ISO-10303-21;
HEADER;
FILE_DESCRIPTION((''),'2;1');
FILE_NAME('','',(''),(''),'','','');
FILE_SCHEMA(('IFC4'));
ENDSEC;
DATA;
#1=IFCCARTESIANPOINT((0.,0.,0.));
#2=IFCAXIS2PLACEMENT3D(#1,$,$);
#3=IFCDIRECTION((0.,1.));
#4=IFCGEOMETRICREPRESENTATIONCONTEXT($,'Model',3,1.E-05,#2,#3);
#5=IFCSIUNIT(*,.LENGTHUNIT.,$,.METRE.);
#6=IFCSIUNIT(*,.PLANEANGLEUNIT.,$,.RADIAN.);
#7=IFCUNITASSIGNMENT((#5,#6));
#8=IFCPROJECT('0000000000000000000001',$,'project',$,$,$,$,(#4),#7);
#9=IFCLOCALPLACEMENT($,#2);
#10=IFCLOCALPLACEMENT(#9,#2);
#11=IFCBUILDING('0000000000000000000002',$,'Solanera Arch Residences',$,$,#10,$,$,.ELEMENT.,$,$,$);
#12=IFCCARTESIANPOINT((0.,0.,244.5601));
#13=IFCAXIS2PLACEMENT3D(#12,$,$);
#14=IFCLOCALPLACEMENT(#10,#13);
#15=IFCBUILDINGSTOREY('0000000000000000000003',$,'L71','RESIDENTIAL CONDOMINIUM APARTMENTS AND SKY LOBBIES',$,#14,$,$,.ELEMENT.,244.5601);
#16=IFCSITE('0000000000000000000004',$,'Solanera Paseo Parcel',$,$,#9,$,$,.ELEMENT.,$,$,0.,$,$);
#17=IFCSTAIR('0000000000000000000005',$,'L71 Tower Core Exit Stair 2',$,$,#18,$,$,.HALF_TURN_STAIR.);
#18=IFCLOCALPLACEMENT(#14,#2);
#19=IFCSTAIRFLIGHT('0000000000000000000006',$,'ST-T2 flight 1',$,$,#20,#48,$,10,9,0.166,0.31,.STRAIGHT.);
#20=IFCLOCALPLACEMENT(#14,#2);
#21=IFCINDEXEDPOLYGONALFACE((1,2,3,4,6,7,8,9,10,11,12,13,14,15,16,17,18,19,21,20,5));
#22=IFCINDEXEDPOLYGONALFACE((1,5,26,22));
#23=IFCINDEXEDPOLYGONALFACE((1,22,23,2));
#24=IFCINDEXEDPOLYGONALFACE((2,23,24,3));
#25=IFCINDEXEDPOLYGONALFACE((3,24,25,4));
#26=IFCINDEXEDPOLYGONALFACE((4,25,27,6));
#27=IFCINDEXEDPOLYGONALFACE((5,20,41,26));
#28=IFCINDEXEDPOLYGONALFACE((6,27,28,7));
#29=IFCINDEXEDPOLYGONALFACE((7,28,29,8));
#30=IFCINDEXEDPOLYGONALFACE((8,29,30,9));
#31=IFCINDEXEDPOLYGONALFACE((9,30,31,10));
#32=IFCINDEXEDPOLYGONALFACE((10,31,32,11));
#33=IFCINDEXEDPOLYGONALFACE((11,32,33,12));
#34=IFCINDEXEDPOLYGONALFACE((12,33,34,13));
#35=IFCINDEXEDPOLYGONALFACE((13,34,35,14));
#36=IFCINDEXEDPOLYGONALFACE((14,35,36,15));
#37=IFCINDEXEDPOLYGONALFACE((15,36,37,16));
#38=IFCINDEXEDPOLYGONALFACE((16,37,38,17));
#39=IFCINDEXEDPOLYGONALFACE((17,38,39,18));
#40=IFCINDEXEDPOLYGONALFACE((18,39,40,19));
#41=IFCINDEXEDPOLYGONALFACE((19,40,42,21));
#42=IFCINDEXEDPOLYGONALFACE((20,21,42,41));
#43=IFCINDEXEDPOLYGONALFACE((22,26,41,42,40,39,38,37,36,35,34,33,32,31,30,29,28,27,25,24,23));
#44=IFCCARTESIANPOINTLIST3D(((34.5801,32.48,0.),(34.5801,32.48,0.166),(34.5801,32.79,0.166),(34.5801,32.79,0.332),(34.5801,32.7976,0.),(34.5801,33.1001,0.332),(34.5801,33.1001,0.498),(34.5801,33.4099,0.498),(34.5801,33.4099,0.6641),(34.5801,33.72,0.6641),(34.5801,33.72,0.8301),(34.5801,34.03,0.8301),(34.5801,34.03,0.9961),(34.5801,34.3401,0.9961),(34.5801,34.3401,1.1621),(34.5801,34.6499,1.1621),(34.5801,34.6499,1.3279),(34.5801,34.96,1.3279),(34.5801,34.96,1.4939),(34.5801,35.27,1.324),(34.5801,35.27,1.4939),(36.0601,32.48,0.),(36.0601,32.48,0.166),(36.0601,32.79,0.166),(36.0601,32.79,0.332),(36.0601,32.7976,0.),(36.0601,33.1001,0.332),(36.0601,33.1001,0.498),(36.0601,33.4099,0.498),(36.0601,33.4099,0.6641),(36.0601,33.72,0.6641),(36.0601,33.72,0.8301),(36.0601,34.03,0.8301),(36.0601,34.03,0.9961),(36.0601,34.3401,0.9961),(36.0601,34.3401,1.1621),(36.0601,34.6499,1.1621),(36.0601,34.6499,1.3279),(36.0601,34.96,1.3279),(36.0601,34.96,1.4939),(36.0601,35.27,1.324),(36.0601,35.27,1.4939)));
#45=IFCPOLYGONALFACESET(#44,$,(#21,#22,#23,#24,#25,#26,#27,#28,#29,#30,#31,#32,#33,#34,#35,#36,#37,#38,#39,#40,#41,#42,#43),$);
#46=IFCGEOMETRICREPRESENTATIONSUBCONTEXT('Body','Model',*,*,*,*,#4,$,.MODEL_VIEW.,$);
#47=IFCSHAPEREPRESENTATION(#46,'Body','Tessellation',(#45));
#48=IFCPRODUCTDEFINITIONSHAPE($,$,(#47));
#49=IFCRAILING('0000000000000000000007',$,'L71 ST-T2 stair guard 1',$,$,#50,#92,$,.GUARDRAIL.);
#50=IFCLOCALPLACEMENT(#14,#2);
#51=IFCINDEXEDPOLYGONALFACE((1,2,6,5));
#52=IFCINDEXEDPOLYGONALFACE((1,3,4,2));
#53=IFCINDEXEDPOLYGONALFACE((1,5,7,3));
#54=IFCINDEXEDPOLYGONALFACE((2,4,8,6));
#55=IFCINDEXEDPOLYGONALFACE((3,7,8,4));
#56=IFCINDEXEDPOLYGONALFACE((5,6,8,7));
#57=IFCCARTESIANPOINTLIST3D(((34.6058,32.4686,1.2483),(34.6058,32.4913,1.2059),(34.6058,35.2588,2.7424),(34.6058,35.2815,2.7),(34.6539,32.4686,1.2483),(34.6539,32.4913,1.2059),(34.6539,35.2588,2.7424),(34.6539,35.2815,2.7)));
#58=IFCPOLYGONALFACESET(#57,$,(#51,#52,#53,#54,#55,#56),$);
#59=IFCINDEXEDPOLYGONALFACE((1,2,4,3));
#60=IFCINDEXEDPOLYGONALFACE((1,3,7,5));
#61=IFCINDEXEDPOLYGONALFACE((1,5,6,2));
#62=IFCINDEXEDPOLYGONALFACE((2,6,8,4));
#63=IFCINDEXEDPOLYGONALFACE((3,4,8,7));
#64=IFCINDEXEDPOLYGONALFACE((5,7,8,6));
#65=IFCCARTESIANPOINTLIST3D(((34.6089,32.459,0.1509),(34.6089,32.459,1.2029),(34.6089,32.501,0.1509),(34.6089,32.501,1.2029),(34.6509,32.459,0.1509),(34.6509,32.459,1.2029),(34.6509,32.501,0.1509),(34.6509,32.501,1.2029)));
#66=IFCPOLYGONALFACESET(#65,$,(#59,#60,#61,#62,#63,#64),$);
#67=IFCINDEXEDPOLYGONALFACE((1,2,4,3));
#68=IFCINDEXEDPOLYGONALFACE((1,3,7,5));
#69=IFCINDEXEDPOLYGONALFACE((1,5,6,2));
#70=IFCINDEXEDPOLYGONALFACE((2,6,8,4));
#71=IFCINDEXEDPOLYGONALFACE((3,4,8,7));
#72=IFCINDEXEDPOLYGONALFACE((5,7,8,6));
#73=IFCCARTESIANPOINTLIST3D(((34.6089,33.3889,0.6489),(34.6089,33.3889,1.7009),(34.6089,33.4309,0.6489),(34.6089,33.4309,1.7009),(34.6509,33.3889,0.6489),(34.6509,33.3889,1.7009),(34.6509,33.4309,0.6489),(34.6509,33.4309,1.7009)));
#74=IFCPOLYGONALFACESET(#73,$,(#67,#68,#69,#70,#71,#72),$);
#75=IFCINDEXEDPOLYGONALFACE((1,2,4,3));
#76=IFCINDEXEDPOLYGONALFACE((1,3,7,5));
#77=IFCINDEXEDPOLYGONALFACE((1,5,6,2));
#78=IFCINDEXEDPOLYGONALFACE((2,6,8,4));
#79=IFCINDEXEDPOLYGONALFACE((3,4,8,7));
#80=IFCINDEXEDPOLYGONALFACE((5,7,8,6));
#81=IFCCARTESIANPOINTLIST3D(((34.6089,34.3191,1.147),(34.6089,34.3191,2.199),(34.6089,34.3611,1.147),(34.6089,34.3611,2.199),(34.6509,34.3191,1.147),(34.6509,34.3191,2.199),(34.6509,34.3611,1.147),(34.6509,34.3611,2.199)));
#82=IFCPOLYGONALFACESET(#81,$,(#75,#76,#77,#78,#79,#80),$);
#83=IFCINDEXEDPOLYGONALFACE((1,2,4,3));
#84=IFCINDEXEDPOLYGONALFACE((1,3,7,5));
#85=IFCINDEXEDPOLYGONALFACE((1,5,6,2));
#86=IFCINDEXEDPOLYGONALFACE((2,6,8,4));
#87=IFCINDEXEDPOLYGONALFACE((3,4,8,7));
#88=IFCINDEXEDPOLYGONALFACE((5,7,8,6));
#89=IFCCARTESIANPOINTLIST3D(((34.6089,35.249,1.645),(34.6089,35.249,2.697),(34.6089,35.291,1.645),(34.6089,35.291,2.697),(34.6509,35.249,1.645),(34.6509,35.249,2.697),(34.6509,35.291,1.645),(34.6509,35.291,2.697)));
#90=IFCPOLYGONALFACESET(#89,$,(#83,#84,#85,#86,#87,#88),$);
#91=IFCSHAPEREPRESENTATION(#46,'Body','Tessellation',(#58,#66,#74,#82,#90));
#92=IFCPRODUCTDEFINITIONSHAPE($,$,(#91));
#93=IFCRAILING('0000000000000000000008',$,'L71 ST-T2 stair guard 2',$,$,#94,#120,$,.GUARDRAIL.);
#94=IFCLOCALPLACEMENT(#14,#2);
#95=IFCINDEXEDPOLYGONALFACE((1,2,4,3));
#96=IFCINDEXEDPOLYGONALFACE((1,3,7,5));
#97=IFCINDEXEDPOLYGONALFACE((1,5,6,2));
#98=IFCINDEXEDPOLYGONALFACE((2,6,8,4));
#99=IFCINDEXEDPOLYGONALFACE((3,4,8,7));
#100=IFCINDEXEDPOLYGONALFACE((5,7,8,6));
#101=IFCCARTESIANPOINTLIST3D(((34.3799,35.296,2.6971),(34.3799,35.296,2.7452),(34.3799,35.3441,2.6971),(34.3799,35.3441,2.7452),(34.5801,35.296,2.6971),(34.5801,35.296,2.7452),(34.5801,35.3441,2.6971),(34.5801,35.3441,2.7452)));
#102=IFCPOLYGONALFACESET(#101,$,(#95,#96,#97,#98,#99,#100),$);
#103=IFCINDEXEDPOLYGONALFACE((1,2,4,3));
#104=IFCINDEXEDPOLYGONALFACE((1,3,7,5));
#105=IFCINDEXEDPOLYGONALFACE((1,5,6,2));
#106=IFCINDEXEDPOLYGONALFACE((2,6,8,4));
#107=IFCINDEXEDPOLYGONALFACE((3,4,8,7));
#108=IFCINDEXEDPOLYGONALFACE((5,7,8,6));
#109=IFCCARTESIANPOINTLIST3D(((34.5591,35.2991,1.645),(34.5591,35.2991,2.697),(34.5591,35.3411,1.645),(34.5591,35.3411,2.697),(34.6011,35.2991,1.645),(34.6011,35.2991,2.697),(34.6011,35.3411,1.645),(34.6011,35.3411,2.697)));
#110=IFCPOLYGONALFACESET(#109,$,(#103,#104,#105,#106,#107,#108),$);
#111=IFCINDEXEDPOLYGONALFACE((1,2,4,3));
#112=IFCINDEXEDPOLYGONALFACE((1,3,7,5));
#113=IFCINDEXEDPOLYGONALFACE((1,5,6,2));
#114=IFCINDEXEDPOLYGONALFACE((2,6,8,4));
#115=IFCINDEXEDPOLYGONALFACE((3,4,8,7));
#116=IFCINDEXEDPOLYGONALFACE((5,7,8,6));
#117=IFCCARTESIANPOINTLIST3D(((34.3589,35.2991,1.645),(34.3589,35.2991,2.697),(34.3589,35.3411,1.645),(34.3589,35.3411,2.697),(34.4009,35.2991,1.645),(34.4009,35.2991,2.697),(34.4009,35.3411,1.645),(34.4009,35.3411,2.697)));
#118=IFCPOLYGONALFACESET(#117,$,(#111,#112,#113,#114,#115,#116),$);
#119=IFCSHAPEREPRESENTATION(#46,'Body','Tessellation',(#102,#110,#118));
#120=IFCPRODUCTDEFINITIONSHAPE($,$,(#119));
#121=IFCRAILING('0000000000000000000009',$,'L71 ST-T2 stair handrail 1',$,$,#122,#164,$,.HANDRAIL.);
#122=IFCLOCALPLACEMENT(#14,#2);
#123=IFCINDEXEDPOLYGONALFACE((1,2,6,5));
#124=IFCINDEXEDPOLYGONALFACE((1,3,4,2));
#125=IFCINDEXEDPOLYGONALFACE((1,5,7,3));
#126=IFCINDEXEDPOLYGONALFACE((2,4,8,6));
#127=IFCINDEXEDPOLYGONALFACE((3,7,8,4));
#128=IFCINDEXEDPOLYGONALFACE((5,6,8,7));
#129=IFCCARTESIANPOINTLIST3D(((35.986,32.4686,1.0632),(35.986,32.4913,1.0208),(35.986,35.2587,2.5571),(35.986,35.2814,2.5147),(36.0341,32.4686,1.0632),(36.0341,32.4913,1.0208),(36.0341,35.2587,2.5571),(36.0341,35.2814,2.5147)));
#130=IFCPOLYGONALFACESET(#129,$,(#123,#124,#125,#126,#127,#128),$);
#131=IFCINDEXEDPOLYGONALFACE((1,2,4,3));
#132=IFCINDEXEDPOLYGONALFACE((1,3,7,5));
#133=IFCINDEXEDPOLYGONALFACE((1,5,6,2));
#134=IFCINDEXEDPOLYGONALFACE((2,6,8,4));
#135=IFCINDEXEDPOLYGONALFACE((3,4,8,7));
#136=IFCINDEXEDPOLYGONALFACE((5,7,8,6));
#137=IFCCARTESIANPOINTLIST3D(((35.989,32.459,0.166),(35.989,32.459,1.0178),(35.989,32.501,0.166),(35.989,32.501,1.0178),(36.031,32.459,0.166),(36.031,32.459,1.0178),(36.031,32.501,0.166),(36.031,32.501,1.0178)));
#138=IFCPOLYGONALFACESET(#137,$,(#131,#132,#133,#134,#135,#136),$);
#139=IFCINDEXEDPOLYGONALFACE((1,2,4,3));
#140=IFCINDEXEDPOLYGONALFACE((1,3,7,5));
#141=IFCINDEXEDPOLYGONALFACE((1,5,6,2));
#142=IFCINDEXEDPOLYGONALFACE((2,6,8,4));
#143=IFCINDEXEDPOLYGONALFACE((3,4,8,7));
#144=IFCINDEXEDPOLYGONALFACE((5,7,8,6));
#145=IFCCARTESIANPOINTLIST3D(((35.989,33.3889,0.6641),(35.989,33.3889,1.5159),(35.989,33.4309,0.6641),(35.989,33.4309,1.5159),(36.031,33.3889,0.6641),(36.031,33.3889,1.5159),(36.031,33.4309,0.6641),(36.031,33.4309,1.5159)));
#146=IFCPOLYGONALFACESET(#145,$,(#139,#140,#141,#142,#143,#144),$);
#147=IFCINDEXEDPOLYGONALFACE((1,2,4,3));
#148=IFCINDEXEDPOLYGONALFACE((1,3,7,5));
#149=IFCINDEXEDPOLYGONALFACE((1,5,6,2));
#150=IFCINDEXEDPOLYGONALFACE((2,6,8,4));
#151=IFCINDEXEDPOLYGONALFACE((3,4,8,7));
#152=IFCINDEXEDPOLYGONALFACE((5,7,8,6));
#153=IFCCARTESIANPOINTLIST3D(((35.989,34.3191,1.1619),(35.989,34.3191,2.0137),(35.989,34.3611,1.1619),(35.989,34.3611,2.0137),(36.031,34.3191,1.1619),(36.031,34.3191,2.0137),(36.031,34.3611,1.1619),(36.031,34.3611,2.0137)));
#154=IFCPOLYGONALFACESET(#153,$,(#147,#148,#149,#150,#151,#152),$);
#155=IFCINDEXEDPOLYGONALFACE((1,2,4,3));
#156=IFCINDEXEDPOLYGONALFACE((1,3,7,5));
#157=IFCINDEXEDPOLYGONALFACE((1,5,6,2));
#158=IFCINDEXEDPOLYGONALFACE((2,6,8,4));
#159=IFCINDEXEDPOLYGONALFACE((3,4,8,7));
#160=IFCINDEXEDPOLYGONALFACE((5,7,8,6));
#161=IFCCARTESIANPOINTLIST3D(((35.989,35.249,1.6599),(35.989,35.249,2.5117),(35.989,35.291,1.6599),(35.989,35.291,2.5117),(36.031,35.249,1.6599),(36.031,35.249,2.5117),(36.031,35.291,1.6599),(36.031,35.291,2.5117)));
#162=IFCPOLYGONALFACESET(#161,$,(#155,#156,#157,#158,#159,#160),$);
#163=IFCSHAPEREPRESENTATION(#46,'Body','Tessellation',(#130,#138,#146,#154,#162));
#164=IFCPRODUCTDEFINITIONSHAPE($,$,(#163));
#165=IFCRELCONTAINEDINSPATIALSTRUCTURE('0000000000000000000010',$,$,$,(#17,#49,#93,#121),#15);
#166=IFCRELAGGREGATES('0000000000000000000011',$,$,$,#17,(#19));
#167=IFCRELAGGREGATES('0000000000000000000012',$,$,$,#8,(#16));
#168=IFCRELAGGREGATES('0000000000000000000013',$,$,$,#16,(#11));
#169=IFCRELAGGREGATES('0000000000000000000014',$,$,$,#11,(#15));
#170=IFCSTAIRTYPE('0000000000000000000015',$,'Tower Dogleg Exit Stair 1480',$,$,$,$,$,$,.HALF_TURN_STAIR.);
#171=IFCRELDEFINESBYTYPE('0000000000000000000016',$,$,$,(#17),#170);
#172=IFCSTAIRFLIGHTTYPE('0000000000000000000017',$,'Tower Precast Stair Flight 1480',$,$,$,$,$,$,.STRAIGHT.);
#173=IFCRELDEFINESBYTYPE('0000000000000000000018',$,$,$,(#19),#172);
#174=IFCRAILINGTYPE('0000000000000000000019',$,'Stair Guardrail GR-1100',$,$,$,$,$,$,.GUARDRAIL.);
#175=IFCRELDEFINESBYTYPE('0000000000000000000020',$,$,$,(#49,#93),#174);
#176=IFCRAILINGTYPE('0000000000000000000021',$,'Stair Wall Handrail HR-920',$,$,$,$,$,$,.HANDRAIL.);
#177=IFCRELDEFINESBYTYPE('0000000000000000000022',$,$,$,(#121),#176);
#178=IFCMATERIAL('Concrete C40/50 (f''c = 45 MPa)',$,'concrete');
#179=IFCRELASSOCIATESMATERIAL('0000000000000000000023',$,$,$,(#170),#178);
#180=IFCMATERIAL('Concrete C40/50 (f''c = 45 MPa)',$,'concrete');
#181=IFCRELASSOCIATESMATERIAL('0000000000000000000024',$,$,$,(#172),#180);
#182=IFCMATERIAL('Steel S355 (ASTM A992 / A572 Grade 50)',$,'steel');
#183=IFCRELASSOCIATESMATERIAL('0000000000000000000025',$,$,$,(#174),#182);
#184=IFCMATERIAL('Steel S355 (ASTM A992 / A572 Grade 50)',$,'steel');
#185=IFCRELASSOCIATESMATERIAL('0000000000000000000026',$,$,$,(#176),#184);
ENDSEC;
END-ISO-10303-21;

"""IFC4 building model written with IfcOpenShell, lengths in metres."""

from ifc_helpers import new_model, si_unit, direction, frame, origin, origin_2d, place, context, subcontext, project, spatial, polyline, rectangle, outline, extrude, material, type_object, element, aggregate, save


model = new_model("IFC4")

# Units and contexts
model_context = context("Model", 3, precision=1e-05, world=origin(), true_north=direction((0.0, 1.0)))
body_context = subcontext(model_context, "Body", "Model", "MODEL_VIEW")
ifc_project = project(units=[si_unit("LENGTHUNIT", "METRE"), si_unit("PLANEANGLEUNIT", "RADIAN")], contexts=[model_context])

# Site, building, storey
site_placement = place(None, origin())
site = spatial("IfcSite", under=ifc_project, at=site_placement, Name="Solanera Paseo Parcel", CompositionType="ELEMENT", RefElevation=0.0)
building_placement = place(site_placement, origin())
building = spatial("IfcBuilding", under=site, at=building_placement, Name="Solanera Arch Residences", CompositionType="ELEMENT")
storey_placement = place(building_placement, frame((0.0, 0.0, 244.5601)))
storey = spatial("IfcBuildingStorey", under=building, at=storey_placement, Name="L71", Description="RESIDENTIAL CONDOMINIUM APARTMENTS AND SKY LOBBIES", CompositionType="ELEMENT", Elevation=244.5601)

# Stair, stair flight
ifc_material_1 = material(Name="Concrete C40/50 (f'c = 45 MPa)", Category="concrete")
stair_type = type_object("IfcStairType", Name="Tower Dogleg Exit Stair 1480", PredefinedType="HALF_TURN_STAIR", material=ifc_material_1)
stair_placement = place(storey_placement, origin())
stair = element("IfcStair", 1, at=stair_placement, inside=storey, type_object=stair_type, Name="L71 Tower Core Exit Stair 2", PredefinedType="HALF_TURN_STAIR")
ifc_material_2 = material(Name="Concrete C40/50 (f'c = 45 MPa)", Category="concrete")
stair_flight_type = type_object("IfcStairFlightType", Name="Tower Precast Stair Flight 1480", PredefinedType="STRAIGHT", material=ifc_material_2)
stair_flight_placement = place(storey_placement, frame((35.3201, 32.48, 0.0), z_axis=(0.0, 0.0, 1.0), x_axis=(0.0, 1.0, 0.0)))
stair_flight = element("IfcStairFlight", 2, at=stair_flight_placement, type_object=stair_flight_type, Name="ST-T2 flight 1", NumberOfRisers=10, NumberOfTreads=9, PredefinedType="STRAIGHT", RiserHeight=0.166, TreadLength=0.31, context=body_context, shape_type="SweptSolid", body=[
    extrude(outline(polyline([(0.0, 0.0), (0.0, 0.166), (0.3101, 0.166), (0.3101, 0.332), (0.6201, 0.332), (0.6201, 0.498), (0.9299, 0.498), (0.9299, 0.6641), (1.24, 0.6641), (1.24, 0.8301), (1.55, 0.8301), (1.55, 0.9961), (1.8601, 0.9961), (1.8601, 1.1621), (2.1699, 1.1621), (2.1699, 1.3279), (2.48, 1.3279), (2.48, 1.4939), (2.79, 1.4939), (2.79, 1.6599), (2.79, 1.324), (0.3176, 0.0), (0.0, 0.0)])), frame((0.0, 0.74, 0.0), z_axis=(0.0, -1.0, 0.0), x_axis=(1.0, 0.0, 0.0)), (0.0, 0.0, 1.0), 1.48),
])
aggregate(stair, [stair_flight])

# Railings
ifc_material_3 = material(Name="Steel S355 (ASTM A992 / A572 Grade 50)", Category="steel")
railing_type_1 = type_object("IfcRailingType", Name="Stair Guardrail GR-1100", PredefinedType="GUARDRAIL", material=ifc_material_3)
railing_1_placement = place(storey_placement, frame((34.6299, 32.48, 0.1509)))
element("IfcRailing", 3, at=railing_1_placement, inside=storey, type_object=railing_type_1, Name="L71 ST-T2 stair guard 1", PredefinedType="GUARDRAIL", context=body_context, shape_type="SweptSolid", body=[
    extrude(rectangle(XDim=0.0481, YDim=0.0481, at=origin_2d()), frame((0.0, 0.0, 1.0762), z_axis=(0.0, 0.881549, 0.472093), x_axis=(-1.0, 0.0, 0.0)), (0.0, 0.0, 1.0), 3.165),
    extrude(rectangle(XDim=0.042, YDim=0.042, at=origin_2d()), origin(), (0.0, 0.0, 1.0), 1.052),
    extrude(rectangle(XDim=0.042, YDim=0.042, at=origin_2d()), frame((0.0, 0.9299, 0.498)), (0.0, 0.0, 1.0), 1.052),
    extrude(rectangle(XDim=0.042, YDim=0.042, at=origin_2d()), frame((0.0, 1.8601, 0.9961)), (0.0, 0.0, 1.0), 1.052),
    extrude(rectangle(XDim=0.042, YDim=0.042, at=origin_2d()), frame((0.0, 2.79, 1.4941)), (0.0, 0.0, 1.0), 1.052),
])
railing_2_placement = place(storey_placement, frame((34.5801, 35.3201, 1.645)))
element("IfcRailing", 4, at=railing_2_placement, inside=storey, type_object=railing_type_1, Name="L71 ST-T2 stair guard 2", PredefinedType="GUARDRAIL", context=body_context, shape_type="SweptSolid", body=[
    extrude(rectangle(XDim=0.0481, YDim=0.0481, at=origin_2d()), frame((0.0, 0.0, 1.0762), z_axis=(-1.0, 0.0, 0.0), x_axis=(0.0, -1.0, 0.0)), (0.0, 0.0, 1.0), 0.2002),
    extrude(rectangle(XDim=0.042, YDim=0.042, at=origin_2d()), origin(), (0.0, 0.0, 1.0), 1.052),
    extrude(rectangle(XDim=0.042, YDim=0.042, at=origin_2d()), frame((-0.2002, 0.0, 0.0)), (0.0, 0.0, 1.0), 1.052),
])
ifc_material_4 = material(Name="Steel S355 (ASTM A992 / A572 Grade 50)", Category="steel")
railing_type_2 = type_object("IfcRailingType", Name="Stair Wall Handrail HR-920", PredefinedType="HANDRAIL", material=ifc_material_4)
railing_3_placement = place(storey_placement, frame((36.01, 32.48, 0.166)))
element("IfcRailing", 5, at=railing_3_placement, inside=storey, type_object=railing_type_2, Name="L71 ST-T2 stair handrail 1", PredefinedType="HANDRAIL", context=body_context, shape_type="SweptSolid", body=[
    extrude(rectangle(XDim=0.0481, YDim=0.0481, at=origin_2d()), frame((0.0, 0.0, 0.876), z_axis=(0.0, 0.881581, 0.472033), x_axis=(-1.0, 0.0, 0.0)), (0.0, 0.0, 1.0), 3.1648),
    extrude(rectangle(XDim=0.042, YDim=0.042, at=origin_2d()), origin(), (0.0, 0.0, 1.0), 0.8518),
    extrude(rectangle(XDim=0.042, YDim=0.042, at=origin_2d()), frame((0.0, 0.9299, 0.498)), (0.0, 0.0, 1.0), 0.8518),
    extrude(rectangle(XDim=0.042, YDim=0.042, at=origin_2d()), frame((0.0, 1.8601, 0.9958)), (0.0, 0.0, 1.0), 0.8518),
    extrude(rectangle(XDim=0.042, YDim=0.042, at=origin_2d()), frame((0.0, 2.79, 1.4939)), (0.0, 0.0, 1.0), 0.8518),
])

save(model, "model.ifc")
